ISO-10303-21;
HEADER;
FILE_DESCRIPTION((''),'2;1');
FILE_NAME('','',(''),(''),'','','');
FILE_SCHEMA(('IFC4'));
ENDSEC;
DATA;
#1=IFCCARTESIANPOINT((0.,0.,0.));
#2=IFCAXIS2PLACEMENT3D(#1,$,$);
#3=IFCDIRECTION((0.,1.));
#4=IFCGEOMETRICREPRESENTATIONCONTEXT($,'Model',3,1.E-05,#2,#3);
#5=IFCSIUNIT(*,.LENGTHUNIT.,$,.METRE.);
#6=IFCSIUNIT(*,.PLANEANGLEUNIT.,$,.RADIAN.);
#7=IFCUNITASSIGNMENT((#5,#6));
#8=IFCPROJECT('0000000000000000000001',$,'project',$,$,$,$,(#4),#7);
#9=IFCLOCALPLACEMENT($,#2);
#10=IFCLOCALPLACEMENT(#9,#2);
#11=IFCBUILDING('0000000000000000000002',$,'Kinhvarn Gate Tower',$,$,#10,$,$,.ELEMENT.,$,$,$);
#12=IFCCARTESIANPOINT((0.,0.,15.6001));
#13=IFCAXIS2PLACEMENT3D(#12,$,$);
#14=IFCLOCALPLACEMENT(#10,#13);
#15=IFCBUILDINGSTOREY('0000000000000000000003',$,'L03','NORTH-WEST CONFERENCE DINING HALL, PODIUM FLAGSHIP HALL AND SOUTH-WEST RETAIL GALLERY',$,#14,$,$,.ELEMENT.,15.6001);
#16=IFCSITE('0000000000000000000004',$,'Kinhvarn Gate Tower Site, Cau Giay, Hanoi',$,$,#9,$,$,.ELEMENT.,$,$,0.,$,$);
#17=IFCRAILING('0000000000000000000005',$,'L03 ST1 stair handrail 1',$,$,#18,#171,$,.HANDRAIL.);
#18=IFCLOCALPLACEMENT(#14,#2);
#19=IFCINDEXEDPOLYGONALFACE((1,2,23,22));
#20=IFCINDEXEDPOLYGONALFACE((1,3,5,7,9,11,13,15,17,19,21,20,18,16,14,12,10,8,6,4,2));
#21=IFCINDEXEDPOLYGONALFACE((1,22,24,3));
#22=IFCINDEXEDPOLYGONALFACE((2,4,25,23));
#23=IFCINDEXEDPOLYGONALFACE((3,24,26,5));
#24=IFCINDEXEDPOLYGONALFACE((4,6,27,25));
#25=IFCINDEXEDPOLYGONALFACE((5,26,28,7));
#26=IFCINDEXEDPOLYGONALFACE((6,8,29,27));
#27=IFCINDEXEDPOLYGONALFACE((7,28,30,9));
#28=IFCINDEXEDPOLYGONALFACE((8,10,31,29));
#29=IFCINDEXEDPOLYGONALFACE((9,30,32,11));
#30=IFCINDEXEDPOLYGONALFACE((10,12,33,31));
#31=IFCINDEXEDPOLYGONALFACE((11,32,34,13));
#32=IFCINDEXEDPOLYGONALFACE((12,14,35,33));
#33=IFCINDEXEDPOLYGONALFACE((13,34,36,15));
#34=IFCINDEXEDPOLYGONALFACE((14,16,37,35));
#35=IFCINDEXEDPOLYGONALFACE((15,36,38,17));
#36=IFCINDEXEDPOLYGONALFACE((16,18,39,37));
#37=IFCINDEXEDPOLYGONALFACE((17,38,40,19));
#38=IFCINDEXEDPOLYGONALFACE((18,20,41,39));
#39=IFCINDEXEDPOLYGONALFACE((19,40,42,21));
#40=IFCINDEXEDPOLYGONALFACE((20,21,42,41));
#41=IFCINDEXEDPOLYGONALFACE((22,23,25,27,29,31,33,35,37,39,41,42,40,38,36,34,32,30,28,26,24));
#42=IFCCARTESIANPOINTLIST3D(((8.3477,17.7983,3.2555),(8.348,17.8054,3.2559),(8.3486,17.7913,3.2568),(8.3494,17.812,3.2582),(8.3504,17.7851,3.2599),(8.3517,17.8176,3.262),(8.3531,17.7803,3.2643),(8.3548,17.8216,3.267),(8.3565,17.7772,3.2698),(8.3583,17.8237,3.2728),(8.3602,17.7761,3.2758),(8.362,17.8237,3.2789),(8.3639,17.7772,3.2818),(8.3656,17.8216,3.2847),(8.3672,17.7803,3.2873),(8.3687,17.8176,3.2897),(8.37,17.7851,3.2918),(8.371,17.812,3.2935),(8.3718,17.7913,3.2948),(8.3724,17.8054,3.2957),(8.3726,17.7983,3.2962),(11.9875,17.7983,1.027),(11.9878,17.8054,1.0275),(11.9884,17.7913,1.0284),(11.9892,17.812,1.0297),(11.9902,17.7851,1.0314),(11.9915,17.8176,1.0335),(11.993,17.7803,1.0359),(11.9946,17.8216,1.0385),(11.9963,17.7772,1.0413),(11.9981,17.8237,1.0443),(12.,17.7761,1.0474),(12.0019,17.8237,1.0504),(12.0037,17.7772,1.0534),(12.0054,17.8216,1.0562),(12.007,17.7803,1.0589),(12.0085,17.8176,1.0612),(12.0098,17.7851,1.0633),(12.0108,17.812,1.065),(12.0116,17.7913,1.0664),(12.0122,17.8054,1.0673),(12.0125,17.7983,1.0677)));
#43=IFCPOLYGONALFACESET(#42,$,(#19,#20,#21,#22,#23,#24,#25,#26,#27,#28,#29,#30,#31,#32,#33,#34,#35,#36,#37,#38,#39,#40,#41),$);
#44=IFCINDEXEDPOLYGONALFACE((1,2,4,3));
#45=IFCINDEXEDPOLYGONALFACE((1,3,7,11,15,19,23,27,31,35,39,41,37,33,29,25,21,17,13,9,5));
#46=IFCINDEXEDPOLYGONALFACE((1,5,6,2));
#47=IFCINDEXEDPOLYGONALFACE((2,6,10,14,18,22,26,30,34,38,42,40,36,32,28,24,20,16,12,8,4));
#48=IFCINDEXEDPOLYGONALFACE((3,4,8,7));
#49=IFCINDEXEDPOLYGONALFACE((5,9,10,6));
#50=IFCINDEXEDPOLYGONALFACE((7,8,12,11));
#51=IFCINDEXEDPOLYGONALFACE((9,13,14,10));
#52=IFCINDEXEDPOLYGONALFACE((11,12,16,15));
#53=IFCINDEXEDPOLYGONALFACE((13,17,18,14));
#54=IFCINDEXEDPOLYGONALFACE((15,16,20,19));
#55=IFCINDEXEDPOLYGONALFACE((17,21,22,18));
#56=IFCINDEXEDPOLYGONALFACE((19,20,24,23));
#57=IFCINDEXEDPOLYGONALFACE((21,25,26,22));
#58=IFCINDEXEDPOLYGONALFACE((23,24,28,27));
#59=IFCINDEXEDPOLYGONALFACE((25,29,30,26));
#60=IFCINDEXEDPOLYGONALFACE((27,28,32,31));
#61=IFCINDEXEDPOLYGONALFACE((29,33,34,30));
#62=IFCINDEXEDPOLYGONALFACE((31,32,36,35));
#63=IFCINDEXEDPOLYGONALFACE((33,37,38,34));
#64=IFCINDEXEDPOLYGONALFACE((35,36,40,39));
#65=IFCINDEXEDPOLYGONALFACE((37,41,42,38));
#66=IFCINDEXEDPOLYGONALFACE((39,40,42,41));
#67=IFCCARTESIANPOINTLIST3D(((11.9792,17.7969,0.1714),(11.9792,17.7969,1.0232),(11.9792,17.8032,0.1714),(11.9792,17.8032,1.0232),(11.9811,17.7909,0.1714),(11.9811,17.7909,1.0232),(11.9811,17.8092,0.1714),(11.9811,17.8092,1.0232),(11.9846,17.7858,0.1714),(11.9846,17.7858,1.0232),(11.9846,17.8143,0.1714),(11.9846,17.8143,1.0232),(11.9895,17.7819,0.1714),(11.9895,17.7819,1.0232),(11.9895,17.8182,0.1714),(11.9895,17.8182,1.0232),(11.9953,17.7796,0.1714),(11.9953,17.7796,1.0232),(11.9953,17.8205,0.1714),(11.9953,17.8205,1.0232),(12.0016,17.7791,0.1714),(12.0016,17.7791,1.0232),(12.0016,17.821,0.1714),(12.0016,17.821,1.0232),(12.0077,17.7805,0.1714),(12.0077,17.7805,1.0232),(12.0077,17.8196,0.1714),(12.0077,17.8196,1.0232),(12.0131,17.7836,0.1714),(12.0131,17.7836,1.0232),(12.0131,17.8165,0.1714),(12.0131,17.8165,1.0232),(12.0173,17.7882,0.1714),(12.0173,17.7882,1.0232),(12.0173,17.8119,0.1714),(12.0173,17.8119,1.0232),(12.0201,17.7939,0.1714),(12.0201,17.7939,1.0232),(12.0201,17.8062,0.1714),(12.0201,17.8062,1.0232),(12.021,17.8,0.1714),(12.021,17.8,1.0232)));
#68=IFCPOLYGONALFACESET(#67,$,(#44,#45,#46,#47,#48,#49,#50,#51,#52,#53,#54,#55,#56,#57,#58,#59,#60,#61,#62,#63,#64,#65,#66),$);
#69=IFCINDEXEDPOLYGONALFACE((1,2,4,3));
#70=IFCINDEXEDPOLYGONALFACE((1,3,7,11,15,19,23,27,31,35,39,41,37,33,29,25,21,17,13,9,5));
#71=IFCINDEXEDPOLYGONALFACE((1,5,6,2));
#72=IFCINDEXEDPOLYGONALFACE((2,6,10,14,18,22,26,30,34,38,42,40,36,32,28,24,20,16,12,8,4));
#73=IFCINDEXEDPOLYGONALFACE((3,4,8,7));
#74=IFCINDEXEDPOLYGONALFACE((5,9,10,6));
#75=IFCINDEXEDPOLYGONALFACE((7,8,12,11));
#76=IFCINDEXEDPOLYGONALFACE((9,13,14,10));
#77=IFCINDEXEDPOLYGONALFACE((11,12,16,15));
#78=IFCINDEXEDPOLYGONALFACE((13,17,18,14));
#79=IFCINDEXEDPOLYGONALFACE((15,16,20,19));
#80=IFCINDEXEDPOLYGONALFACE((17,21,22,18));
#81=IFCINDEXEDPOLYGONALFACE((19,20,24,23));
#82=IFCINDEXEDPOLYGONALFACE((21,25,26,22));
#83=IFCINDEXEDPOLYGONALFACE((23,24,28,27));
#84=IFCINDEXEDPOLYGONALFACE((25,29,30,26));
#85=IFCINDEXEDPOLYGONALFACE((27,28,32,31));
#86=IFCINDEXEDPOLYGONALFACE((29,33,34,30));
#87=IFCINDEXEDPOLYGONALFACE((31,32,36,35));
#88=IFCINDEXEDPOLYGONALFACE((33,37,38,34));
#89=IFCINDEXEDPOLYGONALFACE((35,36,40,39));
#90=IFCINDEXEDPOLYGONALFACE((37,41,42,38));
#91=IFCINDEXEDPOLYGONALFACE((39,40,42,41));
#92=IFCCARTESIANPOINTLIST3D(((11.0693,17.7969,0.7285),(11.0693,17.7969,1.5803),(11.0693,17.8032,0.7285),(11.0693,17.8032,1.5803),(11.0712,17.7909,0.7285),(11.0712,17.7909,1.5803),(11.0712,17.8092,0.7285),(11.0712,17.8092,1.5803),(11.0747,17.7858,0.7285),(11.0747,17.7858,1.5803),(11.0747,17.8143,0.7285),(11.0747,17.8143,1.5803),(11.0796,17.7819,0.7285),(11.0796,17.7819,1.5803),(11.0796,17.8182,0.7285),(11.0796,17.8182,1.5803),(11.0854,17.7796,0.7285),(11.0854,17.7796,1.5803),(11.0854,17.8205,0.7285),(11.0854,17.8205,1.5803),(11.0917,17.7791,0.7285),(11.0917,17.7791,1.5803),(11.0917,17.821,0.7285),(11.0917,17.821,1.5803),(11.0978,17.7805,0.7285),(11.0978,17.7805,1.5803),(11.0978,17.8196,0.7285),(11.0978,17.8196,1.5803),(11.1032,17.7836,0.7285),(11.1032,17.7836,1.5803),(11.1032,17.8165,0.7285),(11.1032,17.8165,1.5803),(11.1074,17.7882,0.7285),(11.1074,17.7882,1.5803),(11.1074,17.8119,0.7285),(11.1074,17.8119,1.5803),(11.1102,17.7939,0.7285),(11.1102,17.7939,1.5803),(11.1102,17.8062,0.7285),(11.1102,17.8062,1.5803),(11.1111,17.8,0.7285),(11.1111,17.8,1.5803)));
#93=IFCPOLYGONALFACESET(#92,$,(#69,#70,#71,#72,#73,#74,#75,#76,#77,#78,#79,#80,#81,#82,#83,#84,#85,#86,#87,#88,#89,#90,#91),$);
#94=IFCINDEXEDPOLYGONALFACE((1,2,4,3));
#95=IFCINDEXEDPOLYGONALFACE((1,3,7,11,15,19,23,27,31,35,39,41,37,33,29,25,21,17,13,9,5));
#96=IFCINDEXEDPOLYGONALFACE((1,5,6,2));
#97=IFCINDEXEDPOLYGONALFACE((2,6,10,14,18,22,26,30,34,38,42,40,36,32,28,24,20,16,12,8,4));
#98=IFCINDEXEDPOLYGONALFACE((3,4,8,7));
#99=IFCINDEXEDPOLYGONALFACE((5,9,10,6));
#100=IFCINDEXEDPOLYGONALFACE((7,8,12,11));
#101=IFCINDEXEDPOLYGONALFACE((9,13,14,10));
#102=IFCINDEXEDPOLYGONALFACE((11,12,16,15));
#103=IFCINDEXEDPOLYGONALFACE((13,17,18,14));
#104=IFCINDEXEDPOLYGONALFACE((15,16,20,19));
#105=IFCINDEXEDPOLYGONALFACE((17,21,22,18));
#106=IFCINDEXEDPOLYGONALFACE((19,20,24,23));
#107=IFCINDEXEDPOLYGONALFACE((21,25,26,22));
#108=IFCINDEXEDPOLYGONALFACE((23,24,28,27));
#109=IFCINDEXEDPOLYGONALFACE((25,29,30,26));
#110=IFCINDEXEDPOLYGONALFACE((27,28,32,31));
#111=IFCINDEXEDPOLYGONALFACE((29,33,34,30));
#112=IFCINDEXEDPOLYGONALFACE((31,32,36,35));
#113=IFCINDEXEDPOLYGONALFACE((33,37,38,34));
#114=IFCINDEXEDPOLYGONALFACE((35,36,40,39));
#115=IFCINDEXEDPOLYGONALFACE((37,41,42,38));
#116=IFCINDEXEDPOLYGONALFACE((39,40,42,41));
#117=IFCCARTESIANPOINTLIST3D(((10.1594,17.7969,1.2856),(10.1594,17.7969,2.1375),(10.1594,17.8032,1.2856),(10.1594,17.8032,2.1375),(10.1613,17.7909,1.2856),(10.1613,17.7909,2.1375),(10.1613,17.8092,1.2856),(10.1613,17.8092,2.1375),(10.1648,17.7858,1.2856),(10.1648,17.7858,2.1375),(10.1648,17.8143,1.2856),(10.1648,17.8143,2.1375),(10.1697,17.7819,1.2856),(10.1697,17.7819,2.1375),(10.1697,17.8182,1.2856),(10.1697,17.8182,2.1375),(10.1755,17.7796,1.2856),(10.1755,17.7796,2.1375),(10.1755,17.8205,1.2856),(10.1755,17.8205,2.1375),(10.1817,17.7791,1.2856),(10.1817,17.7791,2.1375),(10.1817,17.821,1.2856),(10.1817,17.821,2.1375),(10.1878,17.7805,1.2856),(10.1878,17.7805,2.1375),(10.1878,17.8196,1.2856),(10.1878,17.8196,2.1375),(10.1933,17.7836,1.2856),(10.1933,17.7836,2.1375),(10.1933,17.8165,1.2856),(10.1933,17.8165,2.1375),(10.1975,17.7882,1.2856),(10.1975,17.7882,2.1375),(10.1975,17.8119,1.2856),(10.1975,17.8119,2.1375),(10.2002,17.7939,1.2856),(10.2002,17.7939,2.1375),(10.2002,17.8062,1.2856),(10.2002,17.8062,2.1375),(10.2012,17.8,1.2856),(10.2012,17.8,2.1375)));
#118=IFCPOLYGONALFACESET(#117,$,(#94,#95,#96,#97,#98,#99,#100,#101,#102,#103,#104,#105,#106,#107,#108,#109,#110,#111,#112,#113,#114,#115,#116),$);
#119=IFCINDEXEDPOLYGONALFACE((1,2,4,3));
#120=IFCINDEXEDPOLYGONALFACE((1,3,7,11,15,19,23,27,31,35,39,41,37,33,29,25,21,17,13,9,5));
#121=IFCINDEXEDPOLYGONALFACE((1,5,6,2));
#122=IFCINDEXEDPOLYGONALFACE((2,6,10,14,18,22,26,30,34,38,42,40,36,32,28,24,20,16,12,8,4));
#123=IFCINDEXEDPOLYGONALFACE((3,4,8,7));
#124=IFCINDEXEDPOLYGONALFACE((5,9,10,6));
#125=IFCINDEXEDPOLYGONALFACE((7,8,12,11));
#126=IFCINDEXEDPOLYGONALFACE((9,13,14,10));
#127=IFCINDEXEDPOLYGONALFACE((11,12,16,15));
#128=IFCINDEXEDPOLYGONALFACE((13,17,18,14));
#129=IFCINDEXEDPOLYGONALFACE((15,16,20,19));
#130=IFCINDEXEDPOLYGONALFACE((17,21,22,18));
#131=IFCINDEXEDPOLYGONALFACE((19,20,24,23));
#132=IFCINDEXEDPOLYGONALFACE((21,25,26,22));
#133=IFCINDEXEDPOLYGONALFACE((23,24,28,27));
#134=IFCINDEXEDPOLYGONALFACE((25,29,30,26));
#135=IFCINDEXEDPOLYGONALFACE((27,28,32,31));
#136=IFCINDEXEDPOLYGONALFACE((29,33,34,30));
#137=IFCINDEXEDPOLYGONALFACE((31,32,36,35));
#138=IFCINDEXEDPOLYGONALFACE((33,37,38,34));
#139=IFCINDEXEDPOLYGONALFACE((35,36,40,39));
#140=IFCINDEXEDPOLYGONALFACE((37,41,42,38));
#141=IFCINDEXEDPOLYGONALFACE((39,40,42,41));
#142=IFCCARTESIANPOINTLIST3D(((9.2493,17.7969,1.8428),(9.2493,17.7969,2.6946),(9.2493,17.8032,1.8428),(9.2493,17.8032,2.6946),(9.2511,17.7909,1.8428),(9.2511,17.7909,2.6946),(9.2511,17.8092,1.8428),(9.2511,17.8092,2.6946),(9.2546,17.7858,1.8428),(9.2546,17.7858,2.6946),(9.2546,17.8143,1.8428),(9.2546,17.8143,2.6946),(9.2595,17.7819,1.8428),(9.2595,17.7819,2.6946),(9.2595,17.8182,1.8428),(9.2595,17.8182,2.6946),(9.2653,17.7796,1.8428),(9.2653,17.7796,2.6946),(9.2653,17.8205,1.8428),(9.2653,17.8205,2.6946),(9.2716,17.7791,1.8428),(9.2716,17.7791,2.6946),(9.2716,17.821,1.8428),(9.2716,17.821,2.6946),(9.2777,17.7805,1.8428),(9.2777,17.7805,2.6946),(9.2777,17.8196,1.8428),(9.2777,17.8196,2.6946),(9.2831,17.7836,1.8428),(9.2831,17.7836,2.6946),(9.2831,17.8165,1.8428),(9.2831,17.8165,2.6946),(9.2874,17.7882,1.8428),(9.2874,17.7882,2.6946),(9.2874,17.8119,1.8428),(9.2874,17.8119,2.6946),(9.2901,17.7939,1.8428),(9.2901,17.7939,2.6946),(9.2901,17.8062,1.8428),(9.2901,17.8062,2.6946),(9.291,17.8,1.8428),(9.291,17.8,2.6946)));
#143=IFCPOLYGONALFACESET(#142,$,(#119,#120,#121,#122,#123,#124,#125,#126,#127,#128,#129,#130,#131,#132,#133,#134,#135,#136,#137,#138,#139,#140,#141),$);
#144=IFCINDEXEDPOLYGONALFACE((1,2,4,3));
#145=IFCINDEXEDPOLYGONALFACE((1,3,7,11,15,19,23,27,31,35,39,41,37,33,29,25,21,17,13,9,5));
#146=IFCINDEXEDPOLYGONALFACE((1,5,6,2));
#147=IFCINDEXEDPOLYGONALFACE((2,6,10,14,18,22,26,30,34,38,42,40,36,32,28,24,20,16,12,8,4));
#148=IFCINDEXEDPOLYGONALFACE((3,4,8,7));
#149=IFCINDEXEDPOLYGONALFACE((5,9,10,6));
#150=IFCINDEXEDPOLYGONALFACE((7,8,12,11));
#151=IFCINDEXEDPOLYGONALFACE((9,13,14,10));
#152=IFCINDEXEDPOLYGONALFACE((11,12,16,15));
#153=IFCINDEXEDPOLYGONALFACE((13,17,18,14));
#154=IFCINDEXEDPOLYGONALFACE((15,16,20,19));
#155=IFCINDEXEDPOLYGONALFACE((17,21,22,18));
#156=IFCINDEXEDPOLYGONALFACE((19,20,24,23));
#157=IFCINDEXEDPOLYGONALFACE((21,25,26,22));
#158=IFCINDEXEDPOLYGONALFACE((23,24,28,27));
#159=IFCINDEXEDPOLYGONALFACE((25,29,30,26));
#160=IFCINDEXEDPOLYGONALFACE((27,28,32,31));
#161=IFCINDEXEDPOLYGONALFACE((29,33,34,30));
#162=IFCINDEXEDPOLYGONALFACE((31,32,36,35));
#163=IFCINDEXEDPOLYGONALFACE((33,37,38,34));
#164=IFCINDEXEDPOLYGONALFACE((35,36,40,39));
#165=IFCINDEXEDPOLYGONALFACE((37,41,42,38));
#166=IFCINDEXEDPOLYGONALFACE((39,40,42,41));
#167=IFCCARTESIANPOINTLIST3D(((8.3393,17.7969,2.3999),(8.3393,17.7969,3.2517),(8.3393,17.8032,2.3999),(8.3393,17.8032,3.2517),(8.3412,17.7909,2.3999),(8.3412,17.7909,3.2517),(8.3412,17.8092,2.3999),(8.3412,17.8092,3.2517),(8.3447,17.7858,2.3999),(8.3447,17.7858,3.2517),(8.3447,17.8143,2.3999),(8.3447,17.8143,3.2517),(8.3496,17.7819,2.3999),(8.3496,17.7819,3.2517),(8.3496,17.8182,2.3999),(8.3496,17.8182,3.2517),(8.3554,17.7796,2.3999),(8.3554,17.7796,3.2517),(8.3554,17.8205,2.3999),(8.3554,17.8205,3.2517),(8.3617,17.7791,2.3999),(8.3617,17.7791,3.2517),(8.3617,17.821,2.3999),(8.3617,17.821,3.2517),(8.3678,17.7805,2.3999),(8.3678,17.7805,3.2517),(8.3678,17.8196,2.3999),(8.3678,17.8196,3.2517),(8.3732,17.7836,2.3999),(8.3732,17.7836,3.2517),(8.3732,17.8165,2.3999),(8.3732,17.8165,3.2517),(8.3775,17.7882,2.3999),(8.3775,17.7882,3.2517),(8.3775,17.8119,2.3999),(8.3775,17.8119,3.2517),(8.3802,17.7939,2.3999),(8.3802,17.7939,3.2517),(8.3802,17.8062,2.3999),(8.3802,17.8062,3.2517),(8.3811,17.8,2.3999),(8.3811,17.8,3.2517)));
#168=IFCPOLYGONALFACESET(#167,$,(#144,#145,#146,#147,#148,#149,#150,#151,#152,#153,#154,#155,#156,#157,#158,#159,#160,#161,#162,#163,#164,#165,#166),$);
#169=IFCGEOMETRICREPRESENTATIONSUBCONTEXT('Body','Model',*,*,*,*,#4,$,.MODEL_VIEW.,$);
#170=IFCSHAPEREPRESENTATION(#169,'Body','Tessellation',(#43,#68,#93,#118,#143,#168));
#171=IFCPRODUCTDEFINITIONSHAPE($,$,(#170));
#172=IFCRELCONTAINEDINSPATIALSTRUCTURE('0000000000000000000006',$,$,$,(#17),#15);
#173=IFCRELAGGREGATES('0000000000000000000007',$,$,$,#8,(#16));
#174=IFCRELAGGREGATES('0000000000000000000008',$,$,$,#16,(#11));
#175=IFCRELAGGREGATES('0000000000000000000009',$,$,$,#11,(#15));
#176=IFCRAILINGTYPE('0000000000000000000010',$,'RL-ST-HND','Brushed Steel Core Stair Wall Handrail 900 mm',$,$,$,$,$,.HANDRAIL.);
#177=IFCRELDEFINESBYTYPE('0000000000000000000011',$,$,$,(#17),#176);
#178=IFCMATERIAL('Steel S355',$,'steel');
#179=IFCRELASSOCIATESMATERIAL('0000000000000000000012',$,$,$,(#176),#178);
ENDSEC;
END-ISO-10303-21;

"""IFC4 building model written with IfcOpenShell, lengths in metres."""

from ifc_helpers import new_model, si_unit, direction, frame, origin, origin_2d, place, context, subcontext, project, spatial, circle, extrude, material, type_object, element, save


model = new_model("IFC4")

# Units and contexts
model_context = context("Model", 3, precision=1e-05, world=origin(), true_north=direction((0.0, 1.0)))
body_context = subcontext(model_context, "Body", "Model", "MODEL_VIEW")
ifc_project = project(units=[si_unit("LENGTHUNIT", "METRE"), si_unit("PLANEANGLEUNIT", "RADIAN")], contexts=[model_context])

# Site, building, storey
site_placement = place(None, origin())
site = spatial("IfcSite", under=ifc_project, at=site_placement, Name="Kinhvarn Gate Tower Site, Cau Giay, Hanoi", CompositionType="ELEMENT", RefElevation=0.0)
building_placement = place(site_placement, origin())
building = spatial("IfcBuilding", under=site, at=building_placement, Name="Kinhvarn Gate Tower", CompositionType="ELEMENT")
storey_placement = place(building_placement, frame((0.0, 0.0, 15.6001)))
storey = spatial("IfcBuildingStorey", under=building, at=storey_placement, Name="L03", Description="NORTH-WEST CONFERENCE DINING HALL, PODIUM FLAGSHIP HALL AND SOUTH-WEST RETAIL GALLERY", CompositionType="ELEMENT", Elevation=15.6001)

# Shared definitions
ifc_material_1 = material(Name="Steel S355", Category="steel")

# Railing
railing_type_1 = type_object("IfcRailingType", Name="RL-ST-HND", Description="Brushed Steel Core Stair Wall Handrail 900 mm", PredefinedType="HANDRAIL", material=ifc_material_1)
railing_1_placement = place(storey_placement, frame((12.0, 17.8, 0.1714)))
element("IfcRailing", 1, at=railing_1_placement, inside=storey, type_object=railing_type_1, Name="L03 ST1 stair handrail 1", PredefinedType="HANDRAIL", context=body_context, shape_type="SweptSolid", body=[
    extrude(circle(Radius=0.0239, at=origin_2d()), frame((0.0, 0.0, 0.876), z_axis=(-0.85285, 0.0, 0.522156), x_axis=(0.0, -1.0, 0.0)), (0.0, 0.0, 1.0), 4.2678),
    extrude(circle(Radius=0.021, at=origin_2d()), origin(), (0.0, 0.0, 1.0), 0.8518),
    extrude(circle(Radius=0.021, at=origin_2d()), frame((-0.9099, 0.0, 0.5571)), (0.0, 0.0, 1.0), 0.8518),
    extrude(circle(Radius=0.021, at=origin_2d()), frame((-1.8198, 0.0, 1.1143)), (0.0, 0.0, 1.0), 0.8518),
    extrude(circle(Radius=0.021, at=origin_2d()), frame((-2.73, 0.0, 1.6714)), (0.0, 0.0, 1.0), 0.8518),
    extrude(circle(Radius=0.021, at=origin_2d()), frame((-3.6399, 0.0, 2.2285)), (0.0, 0.0, 1.0), 0.8518),
])

save(model, "model.ifc")
